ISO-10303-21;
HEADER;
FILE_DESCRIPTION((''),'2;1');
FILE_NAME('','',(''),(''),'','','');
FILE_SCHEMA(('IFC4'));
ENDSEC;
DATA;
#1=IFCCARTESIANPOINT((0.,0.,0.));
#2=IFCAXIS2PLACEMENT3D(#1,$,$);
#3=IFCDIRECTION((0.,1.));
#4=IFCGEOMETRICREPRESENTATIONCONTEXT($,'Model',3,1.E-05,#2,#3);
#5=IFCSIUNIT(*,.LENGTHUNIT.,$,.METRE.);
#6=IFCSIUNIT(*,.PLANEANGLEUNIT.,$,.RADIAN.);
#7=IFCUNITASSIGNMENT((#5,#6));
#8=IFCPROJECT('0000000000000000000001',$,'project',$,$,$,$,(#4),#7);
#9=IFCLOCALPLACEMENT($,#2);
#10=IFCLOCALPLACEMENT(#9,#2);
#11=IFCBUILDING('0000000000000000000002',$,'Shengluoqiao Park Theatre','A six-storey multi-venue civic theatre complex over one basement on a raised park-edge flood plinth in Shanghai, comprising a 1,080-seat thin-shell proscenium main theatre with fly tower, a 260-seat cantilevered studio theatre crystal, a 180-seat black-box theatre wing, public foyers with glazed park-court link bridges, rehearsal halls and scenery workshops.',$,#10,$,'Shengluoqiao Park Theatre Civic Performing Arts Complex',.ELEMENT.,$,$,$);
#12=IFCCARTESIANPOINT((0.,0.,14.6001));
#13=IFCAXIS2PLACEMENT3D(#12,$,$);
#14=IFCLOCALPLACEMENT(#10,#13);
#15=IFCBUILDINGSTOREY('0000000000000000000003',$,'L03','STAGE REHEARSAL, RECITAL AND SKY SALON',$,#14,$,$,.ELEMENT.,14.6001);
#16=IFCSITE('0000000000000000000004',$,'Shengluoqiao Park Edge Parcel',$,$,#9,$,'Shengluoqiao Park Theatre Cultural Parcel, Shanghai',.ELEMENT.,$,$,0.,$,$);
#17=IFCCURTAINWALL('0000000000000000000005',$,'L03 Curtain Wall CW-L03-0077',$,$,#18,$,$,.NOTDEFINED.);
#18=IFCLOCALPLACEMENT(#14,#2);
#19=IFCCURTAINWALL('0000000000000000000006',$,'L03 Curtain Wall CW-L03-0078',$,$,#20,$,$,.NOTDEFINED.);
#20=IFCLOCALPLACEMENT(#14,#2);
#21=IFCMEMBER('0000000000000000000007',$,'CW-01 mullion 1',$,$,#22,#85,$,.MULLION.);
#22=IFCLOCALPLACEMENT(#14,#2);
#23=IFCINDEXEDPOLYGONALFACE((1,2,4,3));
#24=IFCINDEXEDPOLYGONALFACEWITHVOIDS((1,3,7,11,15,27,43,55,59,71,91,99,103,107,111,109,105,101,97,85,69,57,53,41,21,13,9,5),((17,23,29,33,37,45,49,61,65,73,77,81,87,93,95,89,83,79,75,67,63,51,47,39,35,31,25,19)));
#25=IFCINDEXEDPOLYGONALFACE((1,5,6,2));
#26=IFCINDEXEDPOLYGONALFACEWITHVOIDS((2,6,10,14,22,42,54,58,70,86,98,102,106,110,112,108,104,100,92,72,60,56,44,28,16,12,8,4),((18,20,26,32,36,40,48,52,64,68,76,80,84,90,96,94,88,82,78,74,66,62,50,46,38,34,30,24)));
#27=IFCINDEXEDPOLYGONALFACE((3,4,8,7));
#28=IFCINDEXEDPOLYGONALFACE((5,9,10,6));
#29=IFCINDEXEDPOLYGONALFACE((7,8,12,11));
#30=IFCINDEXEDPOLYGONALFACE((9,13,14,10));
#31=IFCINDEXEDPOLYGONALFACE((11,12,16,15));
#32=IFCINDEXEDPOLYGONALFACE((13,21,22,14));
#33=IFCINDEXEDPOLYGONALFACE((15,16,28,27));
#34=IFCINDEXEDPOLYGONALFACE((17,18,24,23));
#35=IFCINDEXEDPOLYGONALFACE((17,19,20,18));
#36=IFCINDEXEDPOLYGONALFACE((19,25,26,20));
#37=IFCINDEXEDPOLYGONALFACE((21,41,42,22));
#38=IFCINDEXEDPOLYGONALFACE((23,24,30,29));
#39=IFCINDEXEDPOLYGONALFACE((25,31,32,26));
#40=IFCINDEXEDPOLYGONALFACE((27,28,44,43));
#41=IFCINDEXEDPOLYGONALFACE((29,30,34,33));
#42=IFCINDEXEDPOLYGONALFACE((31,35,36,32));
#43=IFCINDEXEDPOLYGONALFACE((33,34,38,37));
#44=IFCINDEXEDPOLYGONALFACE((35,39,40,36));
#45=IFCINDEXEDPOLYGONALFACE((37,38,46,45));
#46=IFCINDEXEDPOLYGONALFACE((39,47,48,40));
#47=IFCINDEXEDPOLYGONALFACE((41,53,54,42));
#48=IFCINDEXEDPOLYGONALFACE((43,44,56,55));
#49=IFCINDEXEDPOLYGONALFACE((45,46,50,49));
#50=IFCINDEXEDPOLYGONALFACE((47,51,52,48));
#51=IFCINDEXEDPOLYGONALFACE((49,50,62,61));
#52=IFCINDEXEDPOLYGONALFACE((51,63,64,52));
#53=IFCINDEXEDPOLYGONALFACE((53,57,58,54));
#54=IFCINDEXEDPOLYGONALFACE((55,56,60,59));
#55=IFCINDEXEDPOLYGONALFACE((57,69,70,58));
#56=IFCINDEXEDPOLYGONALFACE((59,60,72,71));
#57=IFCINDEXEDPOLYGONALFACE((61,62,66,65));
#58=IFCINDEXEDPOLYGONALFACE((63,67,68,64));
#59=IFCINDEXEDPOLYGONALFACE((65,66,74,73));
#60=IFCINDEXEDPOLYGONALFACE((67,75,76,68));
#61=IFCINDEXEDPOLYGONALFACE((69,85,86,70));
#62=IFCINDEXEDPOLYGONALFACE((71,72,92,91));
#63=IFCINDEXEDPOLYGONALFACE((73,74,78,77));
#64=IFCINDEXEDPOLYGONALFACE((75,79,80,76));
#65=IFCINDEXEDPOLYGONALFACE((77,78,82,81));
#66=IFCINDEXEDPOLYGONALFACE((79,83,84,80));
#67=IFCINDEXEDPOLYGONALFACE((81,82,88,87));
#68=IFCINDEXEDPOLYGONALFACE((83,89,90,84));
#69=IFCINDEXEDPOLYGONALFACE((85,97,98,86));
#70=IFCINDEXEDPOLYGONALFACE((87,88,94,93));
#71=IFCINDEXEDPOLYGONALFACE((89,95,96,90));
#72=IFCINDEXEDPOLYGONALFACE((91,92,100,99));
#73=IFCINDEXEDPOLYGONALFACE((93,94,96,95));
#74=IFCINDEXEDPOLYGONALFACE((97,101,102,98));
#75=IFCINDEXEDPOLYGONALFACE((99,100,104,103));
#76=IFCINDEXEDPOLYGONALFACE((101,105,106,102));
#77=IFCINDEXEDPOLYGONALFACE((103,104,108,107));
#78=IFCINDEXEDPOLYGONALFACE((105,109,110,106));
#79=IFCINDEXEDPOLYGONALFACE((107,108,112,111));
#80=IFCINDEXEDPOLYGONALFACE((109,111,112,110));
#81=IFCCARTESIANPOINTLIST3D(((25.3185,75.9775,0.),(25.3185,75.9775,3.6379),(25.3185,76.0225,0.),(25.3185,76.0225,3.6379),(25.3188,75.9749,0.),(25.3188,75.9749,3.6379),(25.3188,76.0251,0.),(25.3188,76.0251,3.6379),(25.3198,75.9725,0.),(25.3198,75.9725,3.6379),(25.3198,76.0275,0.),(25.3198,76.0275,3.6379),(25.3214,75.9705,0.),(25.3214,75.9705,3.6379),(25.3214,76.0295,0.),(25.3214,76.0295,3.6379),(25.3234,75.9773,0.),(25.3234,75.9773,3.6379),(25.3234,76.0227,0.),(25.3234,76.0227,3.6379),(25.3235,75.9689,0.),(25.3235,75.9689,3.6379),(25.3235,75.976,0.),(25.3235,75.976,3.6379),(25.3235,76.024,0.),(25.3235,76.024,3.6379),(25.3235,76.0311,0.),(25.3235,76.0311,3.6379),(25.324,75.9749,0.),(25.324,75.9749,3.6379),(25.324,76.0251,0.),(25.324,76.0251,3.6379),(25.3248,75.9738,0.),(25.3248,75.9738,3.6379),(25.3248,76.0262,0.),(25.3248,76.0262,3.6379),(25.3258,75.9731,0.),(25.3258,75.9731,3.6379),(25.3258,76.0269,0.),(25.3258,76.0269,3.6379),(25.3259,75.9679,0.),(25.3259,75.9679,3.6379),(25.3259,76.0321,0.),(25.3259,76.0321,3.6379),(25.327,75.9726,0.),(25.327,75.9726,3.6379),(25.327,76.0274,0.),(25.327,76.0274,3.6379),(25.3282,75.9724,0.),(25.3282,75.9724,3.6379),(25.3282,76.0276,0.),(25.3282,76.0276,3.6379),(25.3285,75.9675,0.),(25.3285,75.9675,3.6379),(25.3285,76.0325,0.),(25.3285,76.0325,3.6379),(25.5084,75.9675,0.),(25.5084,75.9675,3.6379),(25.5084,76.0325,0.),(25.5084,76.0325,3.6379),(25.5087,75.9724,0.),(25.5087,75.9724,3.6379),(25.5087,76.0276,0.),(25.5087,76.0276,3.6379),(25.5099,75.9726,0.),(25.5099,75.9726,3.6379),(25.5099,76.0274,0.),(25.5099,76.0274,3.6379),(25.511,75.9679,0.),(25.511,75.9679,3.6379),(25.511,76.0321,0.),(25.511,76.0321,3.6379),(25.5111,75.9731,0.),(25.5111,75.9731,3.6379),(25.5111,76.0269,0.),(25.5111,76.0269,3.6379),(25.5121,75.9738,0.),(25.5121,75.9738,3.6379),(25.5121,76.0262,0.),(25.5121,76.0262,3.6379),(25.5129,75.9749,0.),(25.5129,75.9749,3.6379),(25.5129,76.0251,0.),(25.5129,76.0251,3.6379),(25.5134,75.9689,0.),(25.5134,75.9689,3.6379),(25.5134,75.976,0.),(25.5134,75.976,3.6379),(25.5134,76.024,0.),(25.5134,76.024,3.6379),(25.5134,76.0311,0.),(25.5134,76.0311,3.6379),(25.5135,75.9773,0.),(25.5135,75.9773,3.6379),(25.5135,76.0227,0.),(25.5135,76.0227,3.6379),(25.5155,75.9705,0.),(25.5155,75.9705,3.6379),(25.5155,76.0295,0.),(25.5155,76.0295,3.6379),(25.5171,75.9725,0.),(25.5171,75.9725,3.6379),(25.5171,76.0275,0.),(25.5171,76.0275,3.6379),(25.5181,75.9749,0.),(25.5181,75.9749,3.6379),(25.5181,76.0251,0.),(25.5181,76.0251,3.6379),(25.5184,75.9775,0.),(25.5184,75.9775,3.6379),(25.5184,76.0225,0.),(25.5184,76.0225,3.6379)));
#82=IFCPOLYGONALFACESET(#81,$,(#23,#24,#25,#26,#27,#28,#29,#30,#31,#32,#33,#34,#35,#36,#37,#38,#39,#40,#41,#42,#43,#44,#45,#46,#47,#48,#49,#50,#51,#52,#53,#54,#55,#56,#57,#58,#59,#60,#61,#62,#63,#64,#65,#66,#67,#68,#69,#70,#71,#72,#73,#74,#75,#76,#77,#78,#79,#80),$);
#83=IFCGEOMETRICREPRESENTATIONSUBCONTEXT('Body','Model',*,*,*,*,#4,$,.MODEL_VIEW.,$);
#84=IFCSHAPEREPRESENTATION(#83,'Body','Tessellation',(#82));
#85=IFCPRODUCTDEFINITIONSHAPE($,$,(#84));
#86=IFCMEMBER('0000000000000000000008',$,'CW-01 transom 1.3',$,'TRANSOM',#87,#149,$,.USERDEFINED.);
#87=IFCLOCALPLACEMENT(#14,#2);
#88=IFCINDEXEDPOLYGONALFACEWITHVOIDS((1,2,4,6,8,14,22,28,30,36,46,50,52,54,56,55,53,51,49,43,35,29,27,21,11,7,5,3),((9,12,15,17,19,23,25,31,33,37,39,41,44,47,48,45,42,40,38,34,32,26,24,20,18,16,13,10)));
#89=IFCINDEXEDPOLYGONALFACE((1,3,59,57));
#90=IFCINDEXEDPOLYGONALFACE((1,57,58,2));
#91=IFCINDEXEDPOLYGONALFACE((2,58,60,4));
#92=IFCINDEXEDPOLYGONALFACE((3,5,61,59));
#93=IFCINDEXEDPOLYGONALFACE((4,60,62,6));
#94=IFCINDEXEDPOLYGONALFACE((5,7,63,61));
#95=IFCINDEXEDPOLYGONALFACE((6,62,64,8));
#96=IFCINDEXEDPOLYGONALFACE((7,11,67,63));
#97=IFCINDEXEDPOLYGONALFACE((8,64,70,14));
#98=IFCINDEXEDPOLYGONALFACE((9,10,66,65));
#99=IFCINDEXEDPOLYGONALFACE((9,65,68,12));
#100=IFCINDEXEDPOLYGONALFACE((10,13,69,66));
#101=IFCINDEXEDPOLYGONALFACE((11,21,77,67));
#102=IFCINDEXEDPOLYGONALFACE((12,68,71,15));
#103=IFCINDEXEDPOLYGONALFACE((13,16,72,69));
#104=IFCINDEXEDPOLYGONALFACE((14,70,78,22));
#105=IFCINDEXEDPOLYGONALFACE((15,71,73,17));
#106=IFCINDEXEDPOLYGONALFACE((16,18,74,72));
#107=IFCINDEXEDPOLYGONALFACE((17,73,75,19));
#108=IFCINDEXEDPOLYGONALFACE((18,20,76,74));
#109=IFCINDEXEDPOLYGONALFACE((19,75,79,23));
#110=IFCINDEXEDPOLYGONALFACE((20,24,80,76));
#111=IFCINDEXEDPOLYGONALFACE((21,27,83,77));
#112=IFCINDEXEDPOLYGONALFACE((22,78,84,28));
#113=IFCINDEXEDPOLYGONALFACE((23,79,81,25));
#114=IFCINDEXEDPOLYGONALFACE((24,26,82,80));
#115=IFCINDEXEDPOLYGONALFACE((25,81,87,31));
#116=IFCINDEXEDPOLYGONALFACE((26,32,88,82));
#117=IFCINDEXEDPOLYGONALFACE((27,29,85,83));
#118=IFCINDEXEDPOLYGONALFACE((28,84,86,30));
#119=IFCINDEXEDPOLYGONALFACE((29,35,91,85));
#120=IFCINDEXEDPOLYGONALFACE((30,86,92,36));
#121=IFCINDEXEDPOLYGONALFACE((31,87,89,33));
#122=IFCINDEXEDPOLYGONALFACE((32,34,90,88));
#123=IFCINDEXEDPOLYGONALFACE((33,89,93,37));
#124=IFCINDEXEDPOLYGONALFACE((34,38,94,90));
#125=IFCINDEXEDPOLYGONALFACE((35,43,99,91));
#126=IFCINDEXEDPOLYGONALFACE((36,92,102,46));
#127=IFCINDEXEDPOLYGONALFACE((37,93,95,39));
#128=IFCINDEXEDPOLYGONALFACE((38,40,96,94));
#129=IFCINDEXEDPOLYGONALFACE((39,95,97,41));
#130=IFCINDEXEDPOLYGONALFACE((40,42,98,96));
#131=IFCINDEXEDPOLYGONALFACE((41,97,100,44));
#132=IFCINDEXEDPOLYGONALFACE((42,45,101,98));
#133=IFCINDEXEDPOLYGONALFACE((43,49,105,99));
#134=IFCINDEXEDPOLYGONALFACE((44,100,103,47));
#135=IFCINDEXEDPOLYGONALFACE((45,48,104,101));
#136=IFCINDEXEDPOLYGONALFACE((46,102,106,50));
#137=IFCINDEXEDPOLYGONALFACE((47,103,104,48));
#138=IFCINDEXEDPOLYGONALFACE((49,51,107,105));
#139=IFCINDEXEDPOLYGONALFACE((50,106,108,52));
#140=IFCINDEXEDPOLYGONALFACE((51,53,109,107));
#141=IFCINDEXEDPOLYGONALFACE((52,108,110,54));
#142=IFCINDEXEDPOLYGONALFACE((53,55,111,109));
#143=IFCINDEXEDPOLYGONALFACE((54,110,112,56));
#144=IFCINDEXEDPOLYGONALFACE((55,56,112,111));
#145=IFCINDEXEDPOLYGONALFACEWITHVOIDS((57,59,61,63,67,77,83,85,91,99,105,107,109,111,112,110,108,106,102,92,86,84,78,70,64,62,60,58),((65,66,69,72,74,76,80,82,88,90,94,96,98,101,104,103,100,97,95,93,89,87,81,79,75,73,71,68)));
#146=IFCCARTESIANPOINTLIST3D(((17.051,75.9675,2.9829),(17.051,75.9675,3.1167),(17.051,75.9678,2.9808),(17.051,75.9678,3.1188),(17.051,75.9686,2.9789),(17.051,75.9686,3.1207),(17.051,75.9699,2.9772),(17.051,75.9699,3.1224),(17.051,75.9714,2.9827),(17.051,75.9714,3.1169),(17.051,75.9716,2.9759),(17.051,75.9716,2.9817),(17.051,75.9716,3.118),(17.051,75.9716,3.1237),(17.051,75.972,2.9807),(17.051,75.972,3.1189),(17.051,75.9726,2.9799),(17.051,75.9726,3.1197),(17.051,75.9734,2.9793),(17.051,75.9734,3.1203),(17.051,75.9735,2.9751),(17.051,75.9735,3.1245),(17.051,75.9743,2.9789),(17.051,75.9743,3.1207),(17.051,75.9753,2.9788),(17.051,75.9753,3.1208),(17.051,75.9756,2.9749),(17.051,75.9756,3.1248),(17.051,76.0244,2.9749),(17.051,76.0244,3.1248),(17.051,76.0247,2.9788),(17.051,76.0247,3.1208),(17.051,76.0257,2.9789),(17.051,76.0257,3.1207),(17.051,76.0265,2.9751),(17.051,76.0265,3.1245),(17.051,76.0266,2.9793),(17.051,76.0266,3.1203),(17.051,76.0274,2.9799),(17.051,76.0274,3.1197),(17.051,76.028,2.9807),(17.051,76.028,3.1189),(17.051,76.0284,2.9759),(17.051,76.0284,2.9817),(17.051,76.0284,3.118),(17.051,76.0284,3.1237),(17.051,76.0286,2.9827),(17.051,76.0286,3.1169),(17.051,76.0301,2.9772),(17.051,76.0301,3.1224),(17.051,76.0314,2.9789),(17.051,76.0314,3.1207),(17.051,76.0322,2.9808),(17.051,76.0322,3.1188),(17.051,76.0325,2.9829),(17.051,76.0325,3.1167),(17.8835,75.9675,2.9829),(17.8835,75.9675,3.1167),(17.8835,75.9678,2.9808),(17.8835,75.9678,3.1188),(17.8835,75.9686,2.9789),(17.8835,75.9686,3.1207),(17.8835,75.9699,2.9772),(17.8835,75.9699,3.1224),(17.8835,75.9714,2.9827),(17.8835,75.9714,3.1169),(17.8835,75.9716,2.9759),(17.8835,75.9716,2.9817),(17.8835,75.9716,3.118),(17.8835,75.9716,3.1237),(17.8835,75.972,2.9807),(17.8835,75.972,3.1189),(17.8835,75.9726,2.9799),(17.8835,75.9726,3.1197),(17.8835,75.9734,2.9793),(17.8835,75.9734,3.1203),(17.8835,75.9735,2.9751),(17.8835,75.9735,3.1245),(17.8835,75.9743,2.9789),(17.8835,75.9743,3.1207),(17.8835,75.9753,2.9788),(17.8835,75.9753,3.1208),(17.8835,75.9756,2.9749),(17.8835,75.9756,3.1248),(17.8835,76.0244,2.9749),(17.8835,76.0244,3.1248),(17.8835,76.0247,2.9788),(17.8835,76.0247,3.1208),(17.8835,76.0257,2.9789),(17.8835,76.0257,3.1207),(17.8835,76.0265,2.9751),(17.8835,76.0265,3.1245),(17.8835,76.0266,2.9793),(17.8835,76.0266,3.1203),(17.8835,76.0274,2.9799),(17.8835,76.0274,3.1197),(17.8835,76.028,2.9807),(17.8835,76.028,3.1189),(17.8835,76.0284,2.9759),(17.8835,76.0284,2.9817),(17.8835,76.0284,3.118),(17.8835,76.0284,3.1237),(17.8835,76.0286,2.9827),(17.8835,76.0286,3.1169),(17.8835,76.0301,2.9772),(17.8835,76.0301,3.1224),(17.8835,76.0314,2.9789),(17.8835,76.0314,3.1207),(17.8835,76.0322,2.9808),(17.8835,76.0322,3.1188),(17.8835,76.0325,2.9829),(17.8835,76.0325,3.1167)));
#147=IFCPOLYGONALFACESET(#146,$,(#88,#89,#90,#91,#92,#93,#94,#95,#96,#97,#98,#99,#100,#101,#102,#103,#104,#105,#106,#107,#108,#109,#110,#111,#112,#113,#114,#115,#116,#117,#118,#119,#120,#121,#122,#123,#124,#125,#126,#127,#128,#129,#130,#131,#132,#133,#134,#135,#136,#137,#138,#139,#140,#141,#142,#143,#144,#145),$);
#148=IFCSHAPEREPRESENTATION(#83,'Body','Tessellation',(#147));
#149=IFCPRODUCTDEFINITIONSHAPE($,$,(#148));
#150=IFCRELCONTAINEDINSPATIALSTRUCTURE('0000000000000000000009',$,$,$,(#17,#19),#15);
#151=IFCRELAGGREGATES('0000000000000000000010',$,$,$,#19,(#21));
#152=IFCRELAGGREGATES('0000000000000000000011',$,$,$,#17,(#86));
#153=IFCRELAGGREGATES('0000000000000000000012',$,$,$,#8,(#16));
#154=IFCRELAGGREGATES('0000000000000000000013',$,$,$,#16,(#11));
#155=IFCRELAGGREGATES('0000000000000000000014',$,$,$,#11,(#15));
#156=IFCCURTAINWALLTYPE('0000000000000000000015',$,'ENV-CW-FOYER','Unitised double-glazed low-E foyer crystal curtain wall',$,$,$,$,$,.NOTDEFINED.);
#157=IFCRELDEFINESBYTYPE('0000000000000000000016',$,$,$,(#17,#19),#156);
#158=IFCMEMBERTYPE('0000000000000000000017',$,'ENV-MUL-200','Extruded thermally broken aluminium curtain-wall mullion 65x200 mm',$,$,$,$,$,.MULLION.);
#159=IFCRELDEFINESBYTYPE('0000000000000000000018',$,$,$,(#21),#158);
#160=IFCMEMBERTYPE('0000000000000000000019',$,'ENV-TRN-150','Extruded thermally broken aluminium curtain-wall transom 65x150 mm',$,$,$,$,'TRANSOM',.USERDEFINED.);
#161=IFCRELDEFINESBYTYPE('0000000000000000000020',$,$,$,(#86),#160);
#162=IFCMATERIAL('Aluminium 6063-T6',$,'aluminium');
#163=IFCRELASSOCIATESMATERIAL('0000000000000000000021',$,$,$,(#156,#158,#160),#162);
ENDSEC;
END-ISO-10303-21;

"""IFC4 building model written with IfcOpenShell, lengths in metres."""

from ifc_helpers import new_model, si_unit, direction, frame, origin, origin_2d, place, context, subcontext, project, spatial, hollow_rectangle, extrude, material, material_profile, profile_set, type_object, element, aggregate, save


model = new_model("IFC4")

# Units and contexts
model_context = context("Model", 3, precision=1e-05, world=origin(), true_north=direction((0.0, 1.0)))
body_context = subcontext(model_context, "Body", "Model", "MODEL_VIEW")
ifc_project = project(units=[si_unit("LENGTHUNIT", "METRE"), si_unit("PLANEANGLEUNIT", "RADIAN")], contexts=[model_context])

# Site, building, storey
site_placement = place(None, origin())
site = spatial("IfcSite", under=ifc_project, at=site_placement, Name="Shengluoqiao Park Edge Parcel", LongName="Shengluoqiao Park Theatre Cultural Parcel, Shanghai", CompositionType="ELEMENT", RefElevation=0.0)
building_placement = place(site_placement, origin())
building = spatial("IfcBuilding", under=site, at=building_placement, Name="Shengluoqiao Park Theatre", Description="A six-storey multi-venue civic theatre complex over one basement on a raised park-edge flood plinth in Shanghai, comprising a 1,080-seat thin-shell proscenium main theatre with fly tower, a 260-seat cantilevered studio theatre crystal, a 180-seat black-box theatre wing, public foyers with glazed park-court link bridges, rehearsal halls and scenery workshops.", LongName="Shengluoqiao Park Theatre Civic Performing Arts Complex", CompositionType="ELEMENT")
storey_placement = place(building_placement, frame((0.0, 0.0, 14.6001)))
storey = spatial("IfcBuildingStorey", under=building, at=storey_placement, Name="L03", Description="STAGE REHEARSAL, RECITAL AND SKY SALON", CompositionType="ELEMENT", Elevation=14.6001)

# Curtain wall
ifc_material_1 = material(Name="Aluminium 6063-T6", Category="aluminium")
curtain_wall_type = type_object("IfcCurtainWallType", Name="ENV-CW-FOYER", Description="Unitised double-glazed low-E foyer crystal curtain wall", PredefinedType="NOTDEFINED", material=ifc_material_1)
curtain_wall_1_placement = place(storey_placement, origin())
curtain_wall_1 = element("IfcCurtainWall", 1, at=curtain_wall_1_placement, inside=storey, type_object=curtain_wall_type, Name="L03 Curtain Wall CW-L03-0077", PredefinedType="NOTDEFINED")
ifc_material_profile_1 = material_profile(ifc_material_1, hollow_rectangle(XDim=0.0649, YDim=0.2, WallThickness=0.0049, InnerFilletRadius=0.0049, OuterFilletRadius=0.01, at=origin_2d()), Name="ALU MULLION 200x65x5")
ifc_profile_set_1 = profile_set([ifc_material_profile_1], Name="Aluminium 6063-T6")
member_type_1 = type_object("IfcMemberType", Name="ENV-MUL-200", Description="Extruded thermally broken aluminium curtain-wall mullion 65x200 mm", PredefinedType="MULLION", material=ifc_profile_set_1)

# Curtain wall, member
curtain_wall_2_placement = place(storey_placement, origin())
curtain_wall_2 = element("IfcCurtainWall", 2, at=curtain_wall_2_placement, inside=storey, type_object=curtain_wall_type, Name="L03 Curtain Wall CW-L03-0078", PredefinedType="NOTDEFINED")
member_1_placement = place(storey_placement, frame((25.4185, 76.0, 0.0), z_axis=(0.0, 0.0, 1.0), x_axis=(0.0, 1.0, 0.0)))
member_1 = element("IfcMember", 3, at=member_1_placement, type_object=member_type_1, Name="CW-01 mullion 1", PredefinedType="MULLION", context=body_context, shape_type="SweptSolid", body=[
    extrude(hollow_rectangle(XDim=0.0649, YDim=0.2, WallThickness=0.0049, InnerFilletRadius=0.0049, OuterFilletRadius=0.01, at=origin_2d()), origin(), (0.0, 0.0, 1.0), 3.6379),
])

# Member
ifc_material_profile_2 = material_profile(ifc_material_1, hollow_rectangle(XDim=0.0649, YDim=0.1499, WallThickness=0.0039, InnerFilletRadius=0.0039, OuterFilletRadius=0.0081, at=origin_2d()), Name="ALU TRANSOM 150x65x4")
ifc_profile_set_2 = profile_set([ifc_material_profile_2], Name="Aluminium 6063-T6")
member_type_2 = type_object("IfcMemberType", Name="ENV-TRN-150", Description="Extruded thermally broken aluminium curtain-wall transom 65x150 mm", ElementType="TRANSOM", PredefinedType="USERDEFINED", material=ifc_profile_set_2)
member_2_placement = place(storey_placement, frame((17.051, 76.0, 3.0498), z_axis=(1.0, 0.0, 0.0), x_axis=(0.0, 1.0, 0.0)))
member_2 = element("IfcMember", 4, at=member_2_placement, type_object=member_type_2, Name="CW-01 transom 1.3", ObjectType="TRANSOM", PredefinedType="USERDEFINED", context=body_context, shape_type="SweptSolid", body=[
    extrude(hollow_rectangle(XDim=0.0649, YDim=0.1499, WallThickness=0.0039, InnerFilletRadius=0.0039, OuterFilletRadius=0.0081, at=origin_2d()), origin(), (0.0, 0.0, 1.0), 0.8325),
])
aggregate(curtain_wall_2, [member_1])

aggregate(curtain_wall_1, [member_2])

save(model, "model.ifc")
